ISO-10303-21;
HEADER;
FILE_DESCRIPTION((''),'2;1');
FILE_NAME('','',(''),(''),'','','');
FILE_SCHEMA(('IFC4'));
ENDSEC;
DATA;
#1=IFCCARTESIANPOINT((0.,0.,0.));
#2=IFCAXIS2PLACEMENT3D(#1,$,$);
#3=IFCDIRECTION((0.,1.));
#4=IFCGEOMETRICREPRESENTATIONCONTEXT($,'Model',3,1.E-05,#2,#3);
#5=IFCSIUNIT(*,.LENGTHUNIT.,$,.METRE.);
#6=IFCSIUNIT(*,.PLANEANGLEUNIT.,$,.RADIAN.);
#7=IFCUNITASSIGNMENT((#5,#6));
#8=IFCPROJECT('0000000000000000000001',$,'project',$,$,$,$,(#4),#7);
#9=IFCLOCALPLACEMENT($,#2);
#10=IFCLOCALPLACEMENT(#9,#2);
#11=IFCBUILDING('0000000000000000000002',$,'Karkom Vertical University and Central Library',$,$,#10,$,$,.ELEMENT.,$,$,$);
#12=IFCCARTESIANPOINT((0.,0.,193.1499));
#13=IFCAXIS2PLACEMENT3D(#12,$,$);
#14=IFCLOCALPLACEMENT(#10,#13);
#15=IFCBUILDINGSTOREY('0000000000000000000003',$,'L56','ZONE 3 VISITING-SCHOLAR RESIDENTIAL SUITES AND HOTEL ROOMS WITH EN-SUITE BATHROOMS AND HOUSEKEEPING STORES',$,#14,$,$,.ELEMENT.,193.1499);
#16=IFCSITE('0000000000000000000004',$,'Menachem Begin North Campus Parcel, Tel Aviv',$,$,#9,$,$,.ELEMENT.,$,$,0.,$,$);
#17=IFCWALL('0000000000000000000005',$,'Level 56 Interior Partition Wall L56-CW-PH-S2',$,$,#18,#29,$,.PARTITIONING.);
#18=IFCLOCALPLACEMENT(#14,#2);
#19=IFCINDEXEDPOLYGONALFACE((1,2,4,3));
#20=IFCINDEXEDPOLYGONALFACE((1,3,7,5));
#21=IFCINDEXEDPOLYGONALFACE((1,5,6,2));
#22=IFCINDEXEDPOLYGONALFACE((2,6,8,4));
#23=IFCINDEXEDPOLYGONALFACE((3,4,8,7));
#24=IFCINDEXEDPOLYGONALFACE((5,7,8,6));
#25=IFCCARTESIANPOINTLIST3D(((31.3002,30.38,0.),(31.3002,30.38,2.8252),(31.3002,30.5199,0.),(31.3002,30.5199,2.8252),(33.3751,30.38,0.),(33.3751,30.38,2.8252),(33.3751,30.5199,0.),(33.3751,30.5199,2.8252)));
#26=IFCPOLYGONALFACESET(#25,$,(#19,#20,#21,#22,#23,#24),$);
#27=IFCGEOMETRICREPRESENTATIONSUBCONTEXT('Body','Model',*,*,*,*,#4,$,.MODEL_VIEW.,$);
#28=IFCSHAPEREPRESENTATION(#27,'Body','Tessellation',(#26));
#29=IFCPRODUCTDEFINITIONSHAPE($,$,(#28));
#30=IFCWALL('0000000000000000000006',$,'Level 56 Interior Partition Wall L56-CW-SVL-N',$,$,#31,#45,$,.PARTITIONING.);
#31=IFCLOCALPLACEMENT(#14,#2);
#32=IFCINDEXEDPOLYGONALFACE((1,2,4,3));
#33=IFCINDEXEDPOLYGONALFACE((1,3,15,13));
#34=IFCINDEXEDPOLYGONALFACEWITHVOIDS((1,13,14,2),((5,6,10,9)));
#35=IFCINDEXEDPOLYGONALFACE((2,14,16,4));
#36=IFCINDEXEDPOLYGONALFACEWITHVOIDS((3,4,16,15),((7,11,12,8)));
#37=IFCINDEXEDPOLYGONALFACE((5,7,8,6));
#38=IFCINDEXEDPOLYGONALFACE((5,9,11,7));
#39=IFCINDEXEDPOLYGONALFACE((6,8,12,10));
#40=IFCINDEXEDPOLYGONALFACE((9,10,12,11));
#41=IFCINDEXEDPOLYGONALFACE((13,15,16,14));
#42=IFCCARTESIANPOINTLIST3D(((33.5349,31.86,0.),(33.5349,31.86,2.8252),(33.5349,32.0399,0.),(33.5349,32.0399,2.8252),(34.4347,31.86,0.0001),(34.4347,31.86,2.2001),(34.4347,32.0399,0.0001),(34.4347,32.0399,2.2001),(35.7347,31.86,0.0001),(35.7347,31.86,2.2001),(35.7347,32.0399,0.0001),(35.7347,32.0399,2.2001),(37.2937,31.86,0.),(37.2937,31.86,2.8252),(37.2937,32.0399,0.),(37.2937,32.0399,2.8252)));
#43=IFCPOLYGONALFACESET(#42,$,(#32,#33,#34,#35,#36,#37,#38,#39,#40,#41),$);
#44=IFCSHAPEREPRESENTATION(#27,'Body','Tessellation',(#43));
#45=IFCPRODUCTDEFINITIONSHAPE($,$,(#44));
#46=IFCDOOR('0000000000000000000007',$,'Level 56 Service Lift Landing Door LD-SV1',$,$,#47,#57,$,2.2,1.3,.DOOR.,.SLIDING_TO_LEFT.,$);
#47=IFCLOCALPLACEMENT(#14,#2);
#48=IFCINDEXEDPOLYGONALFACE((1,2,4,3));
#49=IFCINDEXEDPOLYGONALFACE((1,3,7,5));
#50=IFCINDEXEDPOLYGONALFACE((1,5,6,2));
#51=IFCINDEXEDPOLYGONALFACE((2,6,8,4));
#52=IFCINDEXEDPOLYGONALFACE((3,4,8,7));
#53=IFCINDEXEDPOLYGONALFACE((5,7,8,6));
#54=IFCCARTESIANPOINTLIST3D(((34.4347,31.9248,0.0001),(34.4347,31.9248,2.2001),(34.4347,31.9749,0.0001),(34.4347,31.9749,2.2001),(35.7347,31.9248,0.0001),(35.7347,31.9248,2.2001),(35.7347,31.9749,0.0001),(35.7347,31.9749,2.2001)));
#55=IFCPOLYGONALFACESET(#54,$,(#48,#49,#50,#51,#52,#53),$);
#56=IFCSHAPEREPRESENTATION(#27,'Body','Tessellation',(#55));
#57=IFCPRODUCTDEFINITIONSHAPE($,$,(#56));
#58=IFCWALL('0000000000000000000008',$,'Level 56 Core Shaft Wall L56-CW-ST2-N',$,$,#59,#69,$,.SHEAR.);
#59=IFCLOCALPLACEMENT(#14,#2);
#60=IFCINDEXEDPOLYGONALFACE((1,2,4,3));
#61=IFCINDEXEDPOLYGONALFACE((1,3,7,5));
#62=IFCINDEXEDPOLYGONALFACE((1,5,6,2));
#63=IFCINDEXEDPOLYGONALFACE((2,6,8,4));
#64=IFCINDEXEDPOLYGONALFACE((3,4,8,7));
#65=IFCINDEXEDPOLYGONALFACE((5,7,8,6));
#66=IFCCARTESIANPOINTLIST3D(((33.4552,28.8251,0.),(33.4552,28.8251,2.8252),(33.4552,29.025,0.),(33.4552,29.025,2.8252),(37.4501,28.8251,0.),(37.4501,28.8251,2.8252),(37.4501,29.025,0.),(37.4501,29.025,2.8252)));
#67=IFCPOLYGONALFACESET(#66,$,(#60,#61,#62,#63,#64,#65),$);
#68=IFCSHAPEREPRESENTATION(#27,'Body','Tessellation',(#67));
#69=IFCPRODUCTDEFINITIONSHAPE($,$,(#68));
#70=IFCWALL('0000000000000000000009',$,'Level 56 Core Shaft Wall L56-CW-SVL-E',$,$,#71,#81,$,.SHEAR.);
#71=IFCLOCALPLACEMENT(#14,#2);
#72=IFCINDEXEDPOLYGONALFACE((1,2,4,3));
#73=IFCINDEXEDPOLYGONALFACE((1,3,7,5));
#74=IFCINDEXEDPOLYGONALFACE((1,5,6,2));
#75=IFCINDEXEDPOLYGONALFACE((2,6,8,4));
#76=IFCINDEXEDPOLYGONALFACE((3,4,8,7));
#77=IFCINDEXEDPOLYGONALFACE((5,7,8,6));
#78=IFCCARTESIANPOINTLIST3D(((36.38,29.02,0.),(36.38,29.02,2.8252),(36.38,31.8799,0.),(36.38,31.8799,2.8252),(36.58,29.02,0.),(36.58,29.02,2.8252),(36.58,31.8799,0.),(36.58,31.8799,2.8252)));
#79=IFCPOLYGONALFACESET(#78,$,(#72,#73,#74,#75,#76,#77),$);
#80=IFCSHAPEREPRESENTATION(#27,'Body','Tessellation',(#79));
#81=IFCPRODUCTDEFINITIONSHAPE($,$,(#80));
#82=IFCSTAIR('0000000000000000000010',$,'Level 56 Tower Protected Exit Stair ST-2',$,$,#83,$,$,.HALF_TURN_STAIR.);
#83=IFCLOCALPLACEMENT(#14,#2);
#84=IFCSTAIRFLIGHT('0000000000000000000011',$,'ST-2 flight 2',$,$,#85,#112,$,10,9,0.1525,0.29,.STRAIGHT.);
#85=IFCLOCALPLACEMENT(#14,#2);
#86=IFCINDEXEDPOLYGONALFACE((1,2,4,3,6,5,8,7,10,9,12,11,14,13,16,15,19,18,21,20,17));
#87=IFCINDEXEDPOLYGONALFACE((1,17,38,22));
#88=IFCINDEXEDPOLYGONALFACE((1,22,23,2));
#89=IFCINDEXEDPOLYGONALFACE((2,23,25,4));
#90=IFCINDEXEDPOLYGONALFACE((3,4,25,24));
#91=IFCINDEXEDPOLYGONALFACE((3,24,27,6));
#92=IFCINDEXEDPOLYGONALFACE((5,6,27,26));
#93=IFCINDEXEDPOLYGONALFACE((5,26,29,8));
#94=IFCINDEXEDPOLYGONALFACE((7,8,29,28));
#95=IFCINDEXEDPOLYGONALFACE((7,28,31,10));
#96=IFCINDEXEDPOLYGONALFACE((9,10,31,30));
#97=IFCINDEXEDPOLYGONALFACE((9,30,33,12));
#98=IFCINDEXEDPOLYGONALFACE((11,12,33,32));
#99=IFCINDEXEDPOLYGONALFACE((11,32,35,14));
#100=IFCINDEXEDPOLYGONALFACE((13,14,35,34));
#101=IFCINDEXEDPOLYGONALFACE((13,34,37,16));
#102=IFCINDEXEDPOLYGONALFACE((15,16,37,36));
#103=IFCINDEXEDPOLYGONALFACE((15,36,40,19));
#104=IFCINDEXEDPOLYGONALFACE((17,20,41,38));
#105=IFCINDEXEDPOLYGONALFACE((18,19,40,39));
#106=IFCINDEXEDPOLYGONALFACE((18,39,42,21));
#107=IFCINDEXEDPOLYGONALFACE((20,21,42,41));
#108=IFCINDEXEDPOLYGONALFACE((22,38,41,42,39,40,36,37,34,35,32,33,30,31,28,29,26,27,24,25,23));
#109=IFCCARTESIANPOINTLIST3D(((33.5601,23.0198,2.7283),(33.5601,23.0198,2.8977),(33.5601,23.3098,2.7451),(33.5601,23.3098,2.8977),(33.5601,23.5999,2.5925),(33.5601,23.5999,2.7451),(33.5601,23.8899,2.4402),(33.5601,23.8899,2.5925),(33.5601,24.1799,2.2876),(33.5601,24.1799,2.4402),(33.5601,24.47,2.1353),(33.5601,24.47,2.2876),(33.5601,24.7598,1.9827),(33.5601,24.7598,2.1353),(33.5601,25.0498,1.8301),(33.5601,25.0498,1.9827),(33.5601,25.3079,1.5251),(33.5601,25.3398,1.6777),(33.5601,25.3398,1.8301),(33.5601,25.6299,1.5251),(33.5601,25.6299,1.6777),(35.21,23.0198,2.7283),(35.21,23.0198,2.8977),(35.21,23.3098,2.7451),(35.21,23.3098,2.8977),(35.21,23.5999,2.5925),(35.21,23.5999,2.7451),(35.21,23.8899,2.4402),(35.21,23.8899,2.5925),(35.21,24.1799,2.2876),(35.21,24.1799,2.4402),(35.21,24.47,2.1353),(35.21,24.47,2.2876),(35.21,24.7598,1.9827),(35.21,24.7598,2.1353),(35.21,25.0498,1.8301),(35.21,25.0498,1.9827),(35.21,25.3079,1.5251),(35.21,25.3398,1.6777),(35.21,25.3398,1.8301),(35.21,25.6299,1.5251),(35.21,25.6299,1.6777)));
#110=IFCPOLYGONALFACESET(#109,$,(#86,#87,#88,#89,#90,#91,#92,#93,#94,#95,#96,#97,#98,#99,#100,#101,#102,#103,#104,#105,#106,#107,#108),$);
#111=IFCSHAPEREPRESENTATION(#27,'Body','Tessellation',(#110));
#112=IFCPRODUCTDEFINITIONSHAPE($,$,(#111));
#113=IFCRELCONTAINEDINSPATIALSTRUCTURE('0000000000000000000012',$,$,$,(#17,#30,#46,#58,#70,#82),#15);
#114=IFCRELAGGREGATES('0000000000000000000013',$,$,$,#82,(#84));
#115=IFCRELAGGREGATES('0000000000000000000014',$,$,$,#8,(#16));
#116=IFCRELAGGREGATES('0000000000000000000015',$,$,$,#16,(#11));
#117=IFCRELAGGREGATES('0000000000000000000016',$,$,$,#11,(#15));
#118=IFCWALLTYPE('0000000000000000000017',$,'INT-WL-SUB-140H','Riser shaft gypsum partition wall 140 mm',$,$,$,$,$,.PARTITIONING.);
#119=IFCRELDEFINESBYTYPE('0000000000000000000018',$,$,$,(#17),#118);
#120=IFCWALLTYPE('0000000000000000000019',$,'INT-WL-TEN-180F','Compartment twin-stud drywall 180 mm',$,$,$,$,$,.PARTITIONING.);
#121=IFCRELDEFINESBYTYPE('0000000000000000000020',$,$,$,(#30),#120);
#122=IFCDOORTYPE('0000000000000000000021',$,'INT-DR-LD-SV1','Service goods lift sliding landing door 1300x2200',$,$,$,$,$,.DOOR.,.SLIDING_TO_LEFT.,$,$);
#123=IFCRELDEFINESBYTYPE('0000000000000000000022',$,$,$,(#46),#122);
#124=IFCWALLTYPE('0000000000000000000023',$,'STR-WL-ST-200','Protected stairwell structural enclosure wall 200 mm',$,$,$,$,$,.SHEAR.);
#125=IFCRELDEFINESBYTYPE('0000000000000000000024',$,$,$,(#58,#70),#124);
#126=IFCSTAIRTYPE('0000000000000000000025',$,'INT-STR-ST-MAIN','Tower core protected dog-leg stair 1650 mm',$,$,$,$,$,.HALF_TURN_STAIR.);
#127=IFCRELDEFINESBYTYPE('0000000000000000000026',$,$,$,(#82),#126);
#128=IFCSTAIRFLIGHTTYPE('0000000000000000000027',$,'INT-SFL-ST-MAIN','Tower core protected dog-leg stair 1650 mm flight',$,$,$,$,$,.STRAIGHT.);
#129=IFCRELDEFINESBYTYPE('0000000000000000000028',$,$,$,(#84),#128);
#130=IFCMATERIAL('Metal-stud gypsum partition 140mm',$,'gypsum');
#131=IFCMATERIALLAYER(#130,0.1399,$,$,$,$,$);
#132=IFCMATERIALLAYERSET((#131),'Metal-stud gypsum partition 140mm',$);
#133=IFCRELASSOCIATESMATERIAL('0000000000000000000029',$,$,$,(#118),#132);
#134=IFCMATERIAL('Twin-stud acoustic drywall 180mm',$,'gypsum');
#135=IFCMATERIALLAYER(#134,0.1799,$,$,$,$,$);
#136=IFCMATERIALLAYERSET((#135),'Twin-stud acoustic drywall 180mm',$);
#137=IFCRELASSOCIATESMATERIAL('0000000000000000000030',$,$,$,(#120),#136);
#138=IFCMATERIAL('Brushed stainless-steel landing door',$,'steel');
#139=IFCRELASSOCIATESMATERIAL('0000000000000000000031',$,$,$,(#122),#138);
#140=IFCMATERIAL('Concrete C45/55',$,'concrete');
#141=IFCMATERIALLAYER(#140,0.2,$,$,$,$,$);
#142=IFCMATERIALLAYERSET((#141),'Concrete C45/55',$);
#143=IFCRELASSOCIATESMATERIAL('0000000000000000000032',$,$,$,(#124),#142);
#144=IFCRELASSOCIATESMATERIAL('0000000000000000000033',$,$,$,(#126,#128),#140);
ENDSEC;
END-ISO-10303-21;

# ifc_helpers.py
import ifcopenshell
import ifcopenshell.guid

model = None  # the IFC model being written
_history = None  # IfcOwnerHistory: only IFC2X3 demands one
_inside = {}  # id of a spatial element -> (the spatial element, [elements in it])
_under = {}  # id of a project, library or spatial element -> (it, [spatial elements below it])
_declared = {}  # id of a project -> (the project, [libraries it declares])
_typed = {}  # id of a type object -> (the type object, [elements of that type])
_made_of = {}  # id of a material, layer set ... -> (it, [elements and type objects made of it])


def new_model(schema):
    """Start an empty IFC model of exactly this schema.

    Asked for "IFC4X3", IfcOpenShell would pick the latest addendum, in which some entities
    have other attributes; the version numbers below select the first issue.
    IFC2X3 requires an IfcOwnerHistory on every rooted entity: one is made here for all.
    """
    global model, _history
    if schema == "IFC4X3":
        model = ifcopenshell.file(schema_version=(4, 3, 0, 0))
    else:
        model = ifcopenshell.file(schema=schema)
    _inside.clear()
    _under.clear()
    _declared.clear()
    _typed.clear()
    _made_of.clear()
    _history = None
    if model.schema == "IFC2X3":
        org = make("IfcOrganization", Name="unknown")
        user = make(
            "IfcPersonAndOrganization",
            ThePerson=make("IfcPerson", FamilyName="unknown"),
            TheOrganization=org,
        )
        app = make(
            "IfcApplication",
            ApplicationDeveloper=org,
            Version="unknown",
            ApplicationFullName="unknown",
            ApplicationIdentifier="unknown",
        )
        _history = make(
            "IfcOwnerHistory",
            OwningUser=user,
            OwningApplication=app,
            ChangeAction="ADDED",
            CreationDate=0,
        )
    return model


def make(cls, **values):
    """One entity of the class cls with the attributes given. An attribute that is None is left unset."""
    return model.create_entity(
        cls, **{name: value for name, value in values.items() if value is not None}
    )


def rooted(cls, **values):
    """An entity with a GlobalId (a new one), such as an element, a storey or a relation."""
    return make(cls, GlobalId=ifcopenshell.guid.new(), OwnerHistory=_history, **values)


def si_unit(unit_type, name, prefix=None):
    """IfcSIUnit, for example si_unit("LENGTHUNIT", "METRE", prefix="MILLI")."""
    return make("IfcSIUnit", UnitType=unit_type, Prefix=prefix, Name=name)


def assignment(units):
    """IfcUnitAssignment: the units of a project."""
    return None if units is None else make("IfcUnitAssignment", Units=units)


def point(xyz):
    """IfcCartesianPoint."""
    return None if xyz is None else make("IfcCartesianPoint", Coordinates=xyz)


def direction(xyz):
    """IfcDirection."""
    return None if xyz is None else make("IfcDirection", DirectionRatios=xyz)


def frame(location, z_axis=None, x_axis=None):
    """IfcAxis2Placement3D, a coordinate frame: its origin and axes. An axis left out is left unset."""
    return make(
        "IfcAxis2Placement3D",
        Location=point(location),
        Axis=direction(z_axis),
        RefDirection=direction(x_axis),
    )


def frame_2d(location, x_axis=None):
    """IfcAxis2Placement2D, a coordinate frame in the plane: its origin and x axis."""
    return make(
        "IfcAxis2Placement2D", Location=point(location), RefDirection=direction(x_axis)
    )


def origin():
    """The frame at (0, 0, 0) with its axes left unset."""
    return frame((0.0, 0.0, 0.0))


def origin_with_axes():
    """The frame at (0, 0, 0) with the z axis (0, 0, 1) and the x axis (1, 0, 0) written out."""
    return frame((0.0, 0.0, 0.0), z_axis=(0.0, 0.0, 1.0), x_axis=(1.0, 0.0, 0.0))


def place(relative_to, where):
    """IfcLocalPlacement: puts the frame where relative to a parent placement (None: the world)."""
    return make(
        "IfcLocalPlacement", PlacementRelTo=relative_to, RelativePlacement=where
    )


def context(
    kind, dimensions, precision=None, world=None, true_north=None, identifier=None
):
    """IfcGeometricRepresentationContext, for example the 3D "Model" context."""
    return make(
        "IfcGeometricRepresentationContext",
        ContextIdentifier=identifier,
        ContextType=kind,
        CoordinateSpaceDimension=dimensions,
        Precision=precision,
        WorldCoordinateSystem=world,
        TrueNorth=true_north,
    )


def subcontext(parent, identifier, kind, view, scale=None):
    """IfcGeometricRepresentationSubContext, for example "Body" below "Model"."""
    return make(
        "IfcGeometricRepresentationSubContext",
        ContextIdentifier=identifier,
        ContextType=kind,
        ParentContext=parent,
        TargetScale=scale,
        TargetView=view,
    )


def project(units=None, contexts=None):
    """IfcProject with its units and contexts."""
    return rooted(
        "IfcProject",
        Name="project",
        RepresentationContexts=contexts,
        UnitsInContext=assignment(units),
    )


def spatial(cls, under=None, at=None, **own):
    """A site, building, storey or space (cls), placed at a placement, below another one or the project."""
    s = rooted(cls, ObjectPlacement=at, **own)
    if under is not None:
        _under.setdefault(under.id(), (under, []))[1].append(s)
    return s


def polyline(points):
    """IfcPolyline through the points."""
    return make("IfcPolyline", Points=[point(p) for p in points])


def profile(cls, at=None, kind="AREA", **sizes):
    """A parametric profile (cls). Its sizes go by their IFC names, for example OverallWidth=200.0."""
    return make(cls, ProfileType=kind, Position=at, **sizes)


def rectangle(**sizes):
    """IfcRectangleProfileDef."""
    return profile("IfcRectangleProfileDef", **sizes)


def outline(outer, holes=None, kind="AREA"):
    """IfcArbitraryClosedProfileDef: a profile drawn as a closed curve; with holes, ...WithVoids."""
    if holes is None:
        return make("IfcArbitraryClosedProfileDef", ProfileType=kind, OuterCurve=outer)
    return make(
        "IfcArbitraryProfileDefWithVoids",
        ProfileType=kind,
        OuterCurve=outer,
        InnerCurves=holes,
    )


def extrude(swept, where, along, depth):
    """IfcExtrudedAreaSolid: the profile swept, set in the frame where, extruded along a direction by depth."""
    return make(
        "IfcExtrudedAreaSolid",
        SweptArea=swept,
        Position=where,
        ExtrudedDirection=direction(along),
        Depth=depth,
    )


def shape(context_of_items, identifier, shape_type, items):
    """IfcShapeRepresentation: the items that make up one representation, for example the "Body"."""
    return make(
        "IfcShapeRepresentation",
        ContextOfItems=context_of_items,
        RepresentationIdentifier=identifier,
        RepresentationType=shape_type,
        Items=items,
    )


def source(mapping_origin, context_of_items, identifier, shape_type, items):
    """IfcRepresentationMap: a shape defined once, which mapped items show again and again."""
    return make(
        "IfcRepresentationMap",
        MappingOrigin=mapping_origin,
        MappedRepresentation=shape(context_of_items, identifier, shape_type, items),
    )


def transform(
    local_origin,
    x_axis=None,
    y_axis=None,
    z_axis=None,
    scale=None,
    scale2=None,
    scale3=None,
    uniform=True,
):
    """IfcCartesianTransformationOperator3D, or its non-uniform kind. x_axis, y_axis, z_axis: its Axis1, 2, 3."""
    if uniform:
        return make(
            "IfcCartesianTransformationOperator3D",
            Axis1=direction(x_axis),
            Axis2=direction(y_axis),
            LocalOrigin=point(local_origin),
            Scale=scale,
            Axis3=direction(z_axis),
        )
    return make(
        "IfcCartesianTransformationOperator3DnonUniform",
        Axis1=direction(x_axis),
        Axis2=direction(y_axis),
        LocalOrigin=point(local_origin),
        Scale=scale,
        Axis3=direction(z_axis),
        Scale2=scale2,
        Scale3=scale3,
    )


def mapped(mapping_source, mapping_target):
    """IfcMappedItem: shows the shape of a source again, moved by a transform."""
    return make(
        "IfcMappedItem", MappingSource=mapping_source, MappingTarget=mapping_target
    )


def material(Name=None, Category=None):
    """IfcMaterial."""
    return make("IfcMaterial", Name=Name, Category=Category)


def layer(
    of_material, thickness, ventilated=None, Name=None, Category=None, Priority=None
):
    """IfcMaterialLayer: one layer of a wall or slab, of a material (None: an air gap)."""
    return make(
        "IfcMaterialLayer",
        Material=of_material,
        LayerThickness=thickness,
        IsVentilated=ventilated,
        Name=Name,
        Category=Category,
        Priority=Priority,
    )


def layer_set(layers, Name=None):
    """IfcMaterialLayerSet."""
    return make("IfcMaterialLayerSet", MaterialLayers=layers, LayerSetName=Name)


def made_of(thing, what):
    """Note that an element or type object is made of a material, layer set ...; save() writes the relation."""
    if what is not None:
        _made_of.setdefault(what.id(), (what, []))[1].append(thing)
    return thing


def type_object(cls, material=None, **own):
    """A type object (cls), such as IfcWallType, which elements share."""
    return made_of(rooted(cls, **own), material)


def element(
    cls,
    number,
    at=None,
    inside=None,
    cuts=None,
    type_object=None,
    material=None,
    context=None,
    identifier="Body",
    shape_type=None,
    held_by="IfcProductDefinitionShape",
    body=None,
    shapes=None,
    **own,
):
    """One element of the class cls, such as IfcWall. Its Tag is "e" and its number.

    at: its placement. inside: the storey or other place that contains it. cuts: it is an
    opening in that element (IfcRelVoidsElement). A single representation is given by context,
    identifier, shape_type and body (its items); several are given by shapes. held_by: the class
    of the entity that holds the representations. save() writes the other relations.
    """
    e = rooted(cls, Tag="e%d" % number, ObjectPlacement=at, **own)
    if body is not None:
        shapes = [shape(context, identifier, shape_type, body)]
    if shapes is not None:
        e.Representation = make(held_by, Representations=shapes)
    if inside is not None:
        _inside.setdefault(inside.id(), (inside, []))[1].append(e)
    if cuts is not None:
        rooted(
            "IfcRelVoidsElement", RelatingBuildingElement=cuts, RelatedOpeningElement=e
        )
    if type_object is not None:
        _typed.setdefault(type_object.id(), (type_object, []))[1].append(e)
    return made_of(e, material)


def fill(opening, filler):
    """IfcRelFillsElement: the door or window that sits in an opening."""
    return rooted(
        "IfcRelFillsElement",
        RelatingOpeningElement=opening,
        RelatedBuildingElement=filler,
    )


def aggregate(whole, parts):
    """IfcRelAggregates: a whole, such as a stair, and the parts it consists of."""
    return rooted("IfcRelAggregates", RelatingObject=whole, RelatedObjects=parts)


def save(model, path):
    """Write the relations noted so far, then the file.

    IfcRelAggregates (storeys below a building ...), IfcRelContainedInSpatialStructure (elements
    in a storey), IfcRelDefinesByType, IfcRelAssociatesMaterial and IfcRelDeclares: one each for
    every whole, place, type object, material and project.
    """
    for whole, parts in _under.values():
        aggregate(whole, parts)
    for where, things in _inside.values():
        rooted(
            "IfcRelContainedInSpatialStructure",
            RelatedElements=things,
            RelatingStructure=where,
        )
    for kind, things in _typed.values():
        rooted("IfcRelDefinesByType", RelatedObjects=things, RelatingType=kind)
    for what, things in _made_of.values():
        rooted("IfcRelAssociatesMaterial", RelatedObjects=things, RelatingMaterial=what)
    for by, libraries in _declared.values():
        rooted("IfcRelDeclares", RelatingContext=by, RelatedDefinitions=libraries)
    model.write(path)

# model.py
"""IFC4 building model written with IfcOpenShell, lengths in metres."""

from ifc_helpers import new_model, si_unit, direction, frame, frame_2d, origin, origin_with_axes, place, context, subcontext, project, spatial, polyline, rectangle, outline, extrude, source, transform, mapped, material, layer, layer_set, type_object, element, fill, aggregate, save


model = new_model("IFC4")

# Units and contexts
model_context = context("Model", 3, precision=1e-05, world=origin(), true_north=direction((0.0, 1.0)))
body_context = subcontext(model_context, "Body", "Model", "MODEL_VIEW")
ifc_project = project(units=[si_unit("LENGTHUNIT", "METRE"), si_unit("PLANEANGLEUNIT", "RADIAN")], contexts=[model_context])

# Site, building, storey
site_placement = place(None, origin())
site = spatial("IfcSite", under=ifc_project, at=site_placement, Name="Menachem Begin North Campus Parcel, Tel Aviv", CompositionType="ELEMENT", RefElevation=0.0)
building_placement = place(site_placement, origin())
building = spatial("IfcBuilding", under=site, at=building_placement, Name="Karkom Vertical University and Central Library", CompositionType="ELEMENT")
storey_placement = place(building_placement, frame((0.0, 0.0, 193.1499)))
storey = spatial("IfcBuildingStorey", under=building, at=storey_placement, Name="L56", Description="ZONE 3 VISITING-SCHOLAR RESIDENTIAL SUITES AND HOTEL ROOMS WITH EN-SUITE BATHROOMS AND HOUSEKEEPING STORES", CompositionType="ELEMENT", Elevation=193.1499)

# Wall
ifc_material_1 = material(Name="Metal-stud gypsum partition 140mm", Category="gypsum")
ifc_layer_1 = layer(ifc_material_1, 0.1399)
ifc_layer_set_1 = layer_set([ifc_layer_1], Name="Metal-stud gypsum partition 140mm")
wall_type_1 = type_object("IfcWallType", Name="INT-WL-SUB-140H", Description="Riser shaft gypsum partition wall 140 mm", PredefinedType="PARTITIONING", material=ifc_layer_set_1)
wall_1_placement = place(storey_placement, frame((31.3, 30.45, 0.0), z_axis=(0.0, 0.0, 1.0), x_axis=(1.0, 0.0, 0.0)))
element("IfcWall", 1, at=wall_1_placement, inside=storey, type_object=wall_type_1, Name="Level 56 Interior Partition Wall L56-CW-PH-S2", PredefinedType="PARTITIONING", context=body_context, shape_type="SweptSolid", body=[
    extrude(rectangle(XDim=2.075, YDim=0.1399, at=frame_2d((1.0376, 0.0))), origin(), (0.0, 0.0, 1.0), 2.8252),
])

# Wall, opening, door
ifc_material_2 = material(Name="Twin-stud acoustic drywall 180mm", Category="gypsum")
ifc_layer_2 = layer(ifc_material_2, 0.1799)
ifc_layer_set_2 = layer_set([ifc_layer_2], Name="Twin-stud acoustic drywall 180mm")
wall_type_2 = type_object("IfcWallType", Name="INT-WL-TEN-180F", Description="Compartment twin-stud drywall 180 mm", PredefinedType="PARTITIONING", material=ifc_layer_set_2)
wall_2_placement = place(storey_placement, frame((33.5349, 31.95, 0.0), z_axis=(0.0, 0.0, 1.0), x_axis=(1.0, 0.0, 0.0)))
wall_2 = element("IfcWall", 2, at=wall_2_placement, inside=storey, type_object=wall_type_2, Name="Level 56 Interior Partition Wall L56-CW-SVL-N", PredefinedType="PARTITIONING", context=body_context, shape_type="SweptSolid", body=[
    extrude(rectangle(XDim=3.7588, YDim=0.1799, at=frame_2d((1.8794, 0.0))), origin(), (0.0, 0.0, 1.0), 2.8252),
])
opening_1_placement = place(wall_2_placement, frame((0.8999, 0.0, 0.0)))
opening_1 = element("IfcOpeningElement", 3, at=opening_1_placement, cuts=wall_2, PredefinedType="OPENING", context=body_context, shape_type="SweptSolid", body=[
    extrude(rectangle(XDim=1.3, YDim=2.2, at=frame_2d((0.6499, 1.1001))), frame((0.0, 0.1001, 0.0), z_axis=(0.0, -1.0, 0.0), x_axis=(1.0, 0.0, 0.0)), (0.0, 0.0, 1.0), 0.2),
])
ifc_material_3 = material(Name="Brushed stainless-steel landing door", Category="steel")
door_type_1 = type_object("IfcDoorType", Name="INT-DR-LD-SV1", Description="Service goods lift sliding landing door 1300x2200", OperationType="SLIDING_TO_LEFT", PredefinedType="DOOR", material=ifc_material_3)
shared_shape_1 = source(origin_with_axes(), body_context, "Body", "SweptSolid", [
    extrude(rectangle(XDim=1.3, YDim=2.2, at=frame_2d((0.6499, 1.1001))), frame((0.0, 0.0249, 0.0), z_axis=(0.0, -1.0, 0.0), x_axis=(1.0, 0.0, 0.0)), (0.0, 0.0, 1.0), 0.05),
])
door_1_placement = place(opening_1_placement, origin())
door_1 = element("IfcDoor", 4, at=door_1_placement, inside=storey, type_object=door_type_1, Name="Level 56 Service Lift Landing Door LD-SV1", OperationType="SLIDING_TO_LEFT", OverallHeight=2.2, OverallWidth=1.3, PredefinedType="DOOR", context=body_context, shape_type="MappedRepresentation", body=[
    mapped(shared_shape_1, transform((0.0, 0.0, 0.0), scale=1.0)),
])
fill(opening_1, door_1)

# Walls
ifc_material_4 = material(Name="Concrete C45/55", Category="concrete")
ifc_layer_3 = layer(ifc_material_4, 0.2)
ifc_layer_set_3 = layer_set([ifc_layer_3], Name="Concrete C45/55")
wall_type_3 = type_object("IfcWallType", Name="STR-WL-ST-200", Description="Protected stairwell structural enclosure wall 200 mm", PredefinedType="SHEAR", material=ifc_layer_set_3)
wall_3_placement = place(storey_placement, frame((33.4551, 28.925, 0.0), z_axis=(0.0, 0.0, 1.0), x_axis=(1.0, 0.0, 0.0)))
element("IfcWall", 5, at=wall_3_placement, inside=storey, type_object=wall_type_3, Name="Level 56 Core Shaft Wall L56-CW-ST2-N", PredefinedType="SHEAR", context=body_context, shape_type="SweptSolid", body=[
    extrude(rectangle(XDim=3.9949, YDim=0.2, at=frame_2d((1.9976, 0.0))), origin(), (0.0, 0.0, 1.0), 2.8252),
])
wall_4_placement = place(storey_placement, frame((36.48, 29.02, 0.0), z_axis=(0.0, 0.0, 1.0), x_axis=(0.0, 1.0, 0.0)))
element("IfcWall", 6, at=wall_4_placement, inside=storey, type_object=wall_type_3, Name="Level 56 Core Shaft Wall L56-CW-SVL-E", PredefinedType="SHEAR", context=body_context, shape_type="SweptSolid", body=[
    extrude(rectangle(XDim=2.8599, YDim=0.2, at=frame_2d((1.4299, 0.0))), origin(), (0.0, 0.0, 1.0), 2.8252),
])

# Stair, stair flight
stair_type = type_object("IfcStairType", Name="INT-STR-ST-MAIN", Description="Tower core protected dog-leg stair 1650 mm", PredefinedType="HALF_TURN_STAIR", material=ifc_material_4)
stair_placement = place(storey_placement, origin())
stair = element("IfcStair", 7, at=stair_placement, inside=storey, type_object=stair_type, Name="Level 56 Tower Protected Exit Stair ST-2", PredefinedType="HALF_TURN_STAIR")
stair_flight_type = type_object("IfcStairFlightType", Name="INT-SFL-ST-MAIN", Description="Tower core protected dog-leg stair 1650 mm flight", PredefinedType="STRAIGHT", material=ifc_material_4)
stair_flight_placement = place(storey_placement, frame((34.385, 25.6299, 1.5251), z_axis=(0.0, 0.0, 1.0), x_axis=(0.0, -1.0, 0.0)))
stair_flight = element("IfcStairFlight", 8, at=stair_flight_placement, type_object=stair_flight_type, Name="ST-2 flight 2", NumberOfRisers=10, NumberOfTreads=9, PredefinedType="STRAIGHT", RiserHeight=0.1525, TreadLength=0.29, context=body_context, shape_type="SweptSolid", body=[
    extrude(outline(polyline([(0.0, 0.0), (0.0, 0.1526), (0.29, 0.1526), (0.29, 0.3049), (0.5801, 0.3049), (0.5801, 0.4575), (0.8701, 0.4575), (0.8701, 0.6101), (1.1599, 0.6101), (1.1599, 0.7625), (1.45, 0.7625), (1.45, 0.915), (1.74, 0.915), (1.74, 1.0674), (2.03, 1.0674), (2.03, 1.22), (2.3201, 1.22), (2.3201, 1.3726), (2.6101, 1.3726), (2.6101, 1.5249), (2.6101, 1.2031), (0.322, 0.0), (0.0, 0.0)])), frame((0.0, 0.825, 0.0), z_axis=(0.0, -1.0, 0.0), x_axis=(1.0, 0.0, 0.0)), (0.0, 0.0, 1.0), 1.6499),
])
aggregate(stair, [stair_flight])

save(model, "model.ifc")
